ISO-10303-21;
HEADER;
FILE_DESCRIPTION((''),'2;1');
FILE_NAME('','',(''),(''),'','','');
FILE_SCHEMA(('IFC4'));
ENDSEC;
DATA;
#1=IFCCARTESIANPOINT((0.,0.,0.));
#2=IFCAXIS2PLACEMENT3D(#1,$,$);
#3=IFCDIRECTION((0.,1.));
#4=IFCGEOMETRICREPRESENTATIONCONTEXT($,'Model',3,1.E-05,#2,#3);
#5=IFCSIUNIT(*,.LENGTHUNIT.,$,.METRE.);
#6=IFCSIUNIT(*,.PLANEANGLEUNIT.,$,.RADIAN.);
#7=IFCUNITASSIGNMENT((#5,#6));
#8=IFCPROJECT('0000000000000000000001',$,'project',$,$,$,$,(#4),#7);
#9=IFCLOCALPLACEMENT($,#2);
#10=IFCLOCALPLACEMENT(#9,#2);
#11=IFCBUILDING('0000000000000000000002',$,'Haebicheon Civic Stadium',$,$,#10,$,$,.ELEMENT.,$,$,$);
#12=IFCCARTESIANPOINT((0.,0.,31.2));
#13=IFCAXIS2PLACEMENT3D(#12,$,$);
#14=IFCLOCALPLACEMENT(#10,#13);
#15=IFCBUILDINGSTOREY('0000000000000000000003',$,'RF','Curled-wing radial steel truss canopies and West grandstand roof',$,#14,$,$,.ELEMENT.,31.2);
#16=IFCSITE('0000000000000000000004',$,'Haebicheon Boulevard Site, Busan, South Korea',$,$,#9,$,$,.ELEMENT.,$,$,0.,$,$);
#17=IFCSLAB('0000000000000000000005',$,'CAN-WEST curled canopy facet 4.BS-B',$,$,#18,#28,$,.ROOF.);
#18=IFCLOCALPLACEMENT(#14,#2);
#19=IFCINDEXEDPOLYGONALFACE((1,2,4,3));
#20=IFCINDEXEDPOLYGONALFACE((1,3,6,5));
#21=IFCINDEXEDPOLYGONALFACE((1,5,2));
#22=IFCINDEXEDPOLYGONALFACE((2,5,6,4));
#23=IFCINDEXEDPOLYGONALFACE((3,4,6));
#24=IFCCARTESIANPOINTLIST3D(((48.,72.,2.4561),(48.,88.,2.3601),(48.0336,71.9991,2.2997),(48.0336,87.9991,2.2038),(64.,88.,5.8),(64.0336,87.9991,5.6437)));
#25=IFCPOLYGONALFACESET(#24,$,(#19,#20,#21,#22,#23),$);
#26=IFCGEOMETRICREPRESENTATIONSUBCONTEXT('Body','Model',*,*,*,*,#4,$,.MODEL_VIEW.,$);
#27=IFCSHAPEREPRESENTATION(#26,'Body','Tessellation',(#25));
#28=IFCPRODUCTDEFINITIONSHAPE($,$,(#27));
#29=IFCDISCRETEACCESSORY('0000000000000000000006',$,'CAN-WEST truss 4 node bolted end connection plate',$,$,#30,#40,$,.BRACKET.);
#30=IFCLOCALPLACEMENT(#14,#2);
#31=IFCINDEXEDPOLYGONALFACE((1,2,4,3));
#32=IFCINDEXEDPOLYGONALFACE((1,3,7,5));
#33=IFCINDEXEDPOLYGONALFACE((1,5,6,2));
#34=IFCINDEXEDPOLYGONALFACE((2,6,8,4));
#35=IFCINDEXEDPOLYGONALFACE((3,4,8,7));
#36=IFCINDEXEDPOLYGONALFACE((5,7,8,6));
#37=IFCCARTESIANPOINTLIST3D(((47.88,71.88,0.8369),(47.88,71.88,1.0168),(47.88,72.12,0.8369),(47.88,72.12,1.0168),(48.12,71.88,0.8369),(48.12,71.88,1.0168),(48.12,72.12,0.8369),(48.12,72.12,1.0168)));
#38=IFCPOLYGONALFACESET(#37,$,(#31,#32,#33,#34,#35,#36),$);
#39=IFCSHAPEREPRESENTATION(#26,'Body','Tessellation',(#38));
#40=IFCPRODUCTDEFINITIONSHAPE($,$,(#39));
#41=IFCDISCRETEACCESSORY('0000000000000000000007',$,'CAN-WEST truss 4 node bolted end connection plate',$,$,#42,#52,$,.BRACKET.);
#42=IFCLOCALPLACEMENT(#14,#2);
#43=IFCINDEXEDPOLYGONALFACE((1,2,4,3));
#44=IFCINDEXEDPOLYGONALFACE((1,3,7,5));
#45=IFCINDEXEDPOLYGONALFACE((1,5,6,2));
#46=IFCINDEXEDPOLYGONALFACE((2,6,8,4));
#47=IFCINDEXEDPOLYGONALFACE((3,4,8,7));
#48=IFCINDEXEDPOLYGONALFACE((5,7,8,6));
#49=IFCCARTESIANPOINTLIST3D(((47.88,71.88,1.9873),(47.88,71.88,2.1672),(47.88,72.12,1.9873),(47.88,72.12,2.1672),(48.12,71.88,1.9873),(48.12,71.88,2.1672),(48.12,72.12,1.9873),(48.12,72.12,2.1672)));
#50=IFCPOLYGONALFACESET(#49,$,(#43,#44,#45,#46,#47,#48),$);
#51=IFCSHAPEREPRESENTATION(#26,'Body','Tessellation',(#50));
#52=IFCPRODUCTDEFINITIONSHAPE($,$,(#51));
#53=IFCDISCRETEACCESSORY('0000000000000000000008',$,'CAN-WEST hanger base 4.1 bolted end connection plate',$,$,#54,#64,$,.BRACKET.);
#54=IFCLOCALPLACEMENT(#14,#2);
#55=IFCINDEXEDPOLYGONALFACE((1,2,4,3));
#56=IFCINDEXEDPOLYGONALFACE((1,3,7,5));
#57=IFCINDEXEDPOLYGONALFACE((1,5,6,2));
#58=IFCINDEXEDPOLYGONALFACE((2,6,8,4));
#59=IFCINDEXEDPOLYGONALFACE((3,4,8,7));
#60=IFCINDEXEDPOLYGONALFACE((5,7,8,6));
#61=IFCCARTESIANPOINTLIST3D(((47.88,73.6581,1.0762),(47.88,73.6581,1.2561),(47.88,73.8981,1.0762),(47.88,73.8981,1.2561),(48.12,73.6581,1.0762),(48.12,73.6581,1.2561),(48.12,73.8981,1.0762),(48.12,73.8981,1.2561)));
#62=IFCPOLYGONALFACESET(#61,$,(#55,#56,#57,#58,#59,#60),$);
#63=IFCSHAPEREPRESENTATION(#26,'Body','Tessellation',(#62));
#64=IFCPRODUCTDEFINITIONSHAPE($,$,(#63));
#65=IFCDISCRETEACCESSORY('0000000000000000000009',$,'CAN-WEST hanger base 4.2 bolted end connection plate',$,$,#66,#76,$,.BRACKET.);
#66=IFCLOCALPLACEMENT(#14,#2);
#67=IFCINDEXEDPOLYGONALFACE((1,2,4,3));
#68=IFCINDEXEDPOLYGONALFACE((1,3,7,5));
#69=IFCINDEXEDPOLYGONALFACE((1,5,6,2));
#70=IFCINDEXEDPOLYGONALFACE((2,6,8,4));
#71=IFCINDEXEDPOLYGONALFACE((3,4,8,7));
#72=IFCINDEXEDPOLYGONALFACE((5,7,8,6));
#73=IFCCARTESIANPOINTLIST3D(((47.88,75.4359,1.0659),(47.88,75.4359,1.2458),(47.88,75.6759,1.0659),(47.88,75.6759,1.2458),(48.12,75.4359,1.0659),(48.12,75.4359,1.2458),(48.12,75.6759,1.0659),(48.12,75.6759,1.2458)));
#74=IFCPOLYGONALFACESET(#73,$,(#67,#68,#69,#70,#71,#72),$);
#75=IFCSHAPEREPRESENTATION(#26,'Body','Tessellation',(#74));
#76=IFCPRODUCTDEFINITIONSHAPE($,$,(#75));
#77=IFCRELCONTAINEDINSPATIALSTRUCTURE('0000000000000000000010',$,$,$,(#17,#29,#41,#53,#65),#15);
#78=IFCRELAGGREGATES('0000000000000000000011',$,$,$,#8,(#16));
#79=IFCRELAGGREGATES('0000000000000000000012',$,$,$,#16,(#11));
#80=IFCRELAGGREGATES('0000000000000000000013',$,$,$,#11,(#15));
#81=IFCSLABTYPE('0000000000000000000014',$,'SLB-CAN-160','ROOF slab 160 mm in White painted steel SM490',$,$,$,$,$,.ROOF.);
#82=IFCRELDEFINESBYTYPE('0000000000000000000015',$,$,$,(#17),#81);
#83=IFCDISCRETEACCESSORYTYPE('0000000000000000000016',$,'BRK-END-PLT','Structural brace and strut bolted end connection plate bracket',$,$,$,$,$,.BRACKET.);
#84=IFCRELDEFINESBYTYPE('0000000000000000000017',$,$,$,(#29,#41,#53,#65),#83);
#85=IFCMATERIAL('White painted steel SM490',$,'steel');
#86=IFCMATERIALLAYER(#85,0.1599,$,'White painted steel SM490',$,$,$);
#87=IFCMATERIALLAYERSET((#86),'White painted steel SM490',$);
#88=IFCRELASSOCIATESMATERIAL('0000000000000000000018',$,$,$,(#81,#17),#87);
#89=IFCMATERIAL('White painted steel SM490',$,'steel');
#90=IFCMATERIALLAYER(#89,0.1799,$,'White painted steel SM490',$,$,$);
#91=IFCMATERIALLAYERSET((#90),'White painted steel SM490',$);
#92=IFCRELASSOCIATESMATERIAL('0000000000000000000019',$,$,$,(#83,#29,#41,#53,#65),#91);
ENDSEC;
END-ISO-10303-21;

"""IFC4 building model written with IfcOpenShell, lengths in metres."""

from ifc_helpers import new_model, si_unit, direction, frame, origin, origin_2d, place, context, subcontext, project, spatial, polyline, rectangle, outline, extrude, material, layer, layer_set, type_object, element, save


model = new_model("IFC4")

# Units and contexts
model_context = context("Model", 3, precision=1e-05, world=origin(), true_north=direction((0.0, 1.0)))
body_context = subcontext(model_context, "Body", "Model", "MODEL_VIEW")
ifc_project = project(units=[si_unit("LENGTHUNIT", "METRE"), si_unit("PLANEANGLEUNIT", "RADIAN")], contexts=[model_context])

# Site, building, storey
site_placement = place(None, origin())
site = spatial("IfcSite", under=ifc_project, at=site_placement, Name="Haebicheon Boulevard Site, Busan, South Korea", CompositionType="ELEMENT", RefElevation=0.0)
building_placement = place(site_placement, origin())
building = spatial("IfcBuilding", under=site, at=building_placement, Name="Haebicheon Civic Stadium", CompositionType="ELEMENT")
storey_placement = place(building_placement, frame((0.0, 0.0, 31.2)))
storey = spatial("IfcBuildingStorey", under=building, at=storey_placement, Name="RF", Description="Curled-wing radial steel truss canopies and West grandstand roof", CompositionType="ELEMENT", Elevation=31.2)

# Slab
ifc_material_1 = material(Name="White painted steel SM490", Category="steel")
ifc_layer_1 = layer(ifc_material_1, 0.1599, Name="White painted steel SM490")
ifc_layer_set_1 = layer_set([ifc_layer_1], Name="White painted steel SM490")
slab_type = type_object("IfcSlabType", Name="SLB-CAN-160", Description="ROOF slab 160 mm in White painted steel SM490", PredefinedType="ROOF", material=ifc_layer_set_1)
slab_1_placement = place(storey_placement, frame((48.0, 72.0, 2.4561), z_axis=(-0.21019, 0.005863, 0.977643), x_axis=(0.699509, 0.699509, 0.146197)))
element("IfcSlab", 1, at=slab_1_placement, inside=storey, type_object=slab_type, material=ifc_layer_set_1, Name="CAN-WEST curled canopy facet 4.BS-B", PredefinedType="ROOF", context=body_context, shape_type="SweptSolid", body=[
    extrude(outline(polyline([(0.0, 0.0), (22.8732, 0.0), (11.1781, 11.4481), (0.0, 0.0)])), origin(), (0.0, 0.0, -1.0), 0.1599),
])

# Discrete accessories
ifc_material_2 = material(Name="White painted steel SM490", Category="steel")
ifc_layer_2 = layer(ifc_material_2, 0.1799, Name="White painted steel SM490")
ifc_layer_set_2 = layer_set([ifc_layer_2], Name="White painted steel SM490")
discrete_accessory_type = type_object("IfcDiscreteAccessoryType", Name="BRK-END-PLT", Description="Structural brace and strut bolted end connection plate bracket", PredefinedType="BRACKET", material=ifc_layer_set_2)
for number, where, z_axis, x_axis, name in (
    (2, (48.0, 72.0, 0.8369), (0.0, 0.0, 1.0), (1.0, 0.0, 0.0), "CAN-WEST truss 4 node bolted end connection plate"),
    (3, (48.0, 72.0, 1.9873), (0.0, 0.0, 1.0), (1.0, 0.0, 0.0), "CAN-WEST truss 4 node bolted end connection plate"),
    (4, (48.0, 73.7781, 1.0762), (0.0, 0.0, 1.0), (1.0, 0.0, 0.0), "CAN-WEST hanger base 4.1 bolted end connection plate"),
    (5, (48.0, 75.5559, 1.0659), (0.0, 0.0, 1.0), (1.0, 0.0, 0.0), "CAN-WEST hanger base 4.2 bolted end connection plate"),
):
    element("IfcDiscreteAccessory", number, at=place(storey_placement, frame(where, z_axis=z_axis, x_axis=x_axis)), inside=storey, type_object=discrete_accessory_type, material=ifc_layer_set_2, Name=name, PredefinedType="BRACKET", context=body_context, shape_type="SweptSolid", body=[
        extrude(rectangle(XDim=0.24, YDim=0.24, at=origin_2d()), origin(), (0.0, 0.0, 1.0), 0.1799),
    ])

save(model, "model.ifc")
